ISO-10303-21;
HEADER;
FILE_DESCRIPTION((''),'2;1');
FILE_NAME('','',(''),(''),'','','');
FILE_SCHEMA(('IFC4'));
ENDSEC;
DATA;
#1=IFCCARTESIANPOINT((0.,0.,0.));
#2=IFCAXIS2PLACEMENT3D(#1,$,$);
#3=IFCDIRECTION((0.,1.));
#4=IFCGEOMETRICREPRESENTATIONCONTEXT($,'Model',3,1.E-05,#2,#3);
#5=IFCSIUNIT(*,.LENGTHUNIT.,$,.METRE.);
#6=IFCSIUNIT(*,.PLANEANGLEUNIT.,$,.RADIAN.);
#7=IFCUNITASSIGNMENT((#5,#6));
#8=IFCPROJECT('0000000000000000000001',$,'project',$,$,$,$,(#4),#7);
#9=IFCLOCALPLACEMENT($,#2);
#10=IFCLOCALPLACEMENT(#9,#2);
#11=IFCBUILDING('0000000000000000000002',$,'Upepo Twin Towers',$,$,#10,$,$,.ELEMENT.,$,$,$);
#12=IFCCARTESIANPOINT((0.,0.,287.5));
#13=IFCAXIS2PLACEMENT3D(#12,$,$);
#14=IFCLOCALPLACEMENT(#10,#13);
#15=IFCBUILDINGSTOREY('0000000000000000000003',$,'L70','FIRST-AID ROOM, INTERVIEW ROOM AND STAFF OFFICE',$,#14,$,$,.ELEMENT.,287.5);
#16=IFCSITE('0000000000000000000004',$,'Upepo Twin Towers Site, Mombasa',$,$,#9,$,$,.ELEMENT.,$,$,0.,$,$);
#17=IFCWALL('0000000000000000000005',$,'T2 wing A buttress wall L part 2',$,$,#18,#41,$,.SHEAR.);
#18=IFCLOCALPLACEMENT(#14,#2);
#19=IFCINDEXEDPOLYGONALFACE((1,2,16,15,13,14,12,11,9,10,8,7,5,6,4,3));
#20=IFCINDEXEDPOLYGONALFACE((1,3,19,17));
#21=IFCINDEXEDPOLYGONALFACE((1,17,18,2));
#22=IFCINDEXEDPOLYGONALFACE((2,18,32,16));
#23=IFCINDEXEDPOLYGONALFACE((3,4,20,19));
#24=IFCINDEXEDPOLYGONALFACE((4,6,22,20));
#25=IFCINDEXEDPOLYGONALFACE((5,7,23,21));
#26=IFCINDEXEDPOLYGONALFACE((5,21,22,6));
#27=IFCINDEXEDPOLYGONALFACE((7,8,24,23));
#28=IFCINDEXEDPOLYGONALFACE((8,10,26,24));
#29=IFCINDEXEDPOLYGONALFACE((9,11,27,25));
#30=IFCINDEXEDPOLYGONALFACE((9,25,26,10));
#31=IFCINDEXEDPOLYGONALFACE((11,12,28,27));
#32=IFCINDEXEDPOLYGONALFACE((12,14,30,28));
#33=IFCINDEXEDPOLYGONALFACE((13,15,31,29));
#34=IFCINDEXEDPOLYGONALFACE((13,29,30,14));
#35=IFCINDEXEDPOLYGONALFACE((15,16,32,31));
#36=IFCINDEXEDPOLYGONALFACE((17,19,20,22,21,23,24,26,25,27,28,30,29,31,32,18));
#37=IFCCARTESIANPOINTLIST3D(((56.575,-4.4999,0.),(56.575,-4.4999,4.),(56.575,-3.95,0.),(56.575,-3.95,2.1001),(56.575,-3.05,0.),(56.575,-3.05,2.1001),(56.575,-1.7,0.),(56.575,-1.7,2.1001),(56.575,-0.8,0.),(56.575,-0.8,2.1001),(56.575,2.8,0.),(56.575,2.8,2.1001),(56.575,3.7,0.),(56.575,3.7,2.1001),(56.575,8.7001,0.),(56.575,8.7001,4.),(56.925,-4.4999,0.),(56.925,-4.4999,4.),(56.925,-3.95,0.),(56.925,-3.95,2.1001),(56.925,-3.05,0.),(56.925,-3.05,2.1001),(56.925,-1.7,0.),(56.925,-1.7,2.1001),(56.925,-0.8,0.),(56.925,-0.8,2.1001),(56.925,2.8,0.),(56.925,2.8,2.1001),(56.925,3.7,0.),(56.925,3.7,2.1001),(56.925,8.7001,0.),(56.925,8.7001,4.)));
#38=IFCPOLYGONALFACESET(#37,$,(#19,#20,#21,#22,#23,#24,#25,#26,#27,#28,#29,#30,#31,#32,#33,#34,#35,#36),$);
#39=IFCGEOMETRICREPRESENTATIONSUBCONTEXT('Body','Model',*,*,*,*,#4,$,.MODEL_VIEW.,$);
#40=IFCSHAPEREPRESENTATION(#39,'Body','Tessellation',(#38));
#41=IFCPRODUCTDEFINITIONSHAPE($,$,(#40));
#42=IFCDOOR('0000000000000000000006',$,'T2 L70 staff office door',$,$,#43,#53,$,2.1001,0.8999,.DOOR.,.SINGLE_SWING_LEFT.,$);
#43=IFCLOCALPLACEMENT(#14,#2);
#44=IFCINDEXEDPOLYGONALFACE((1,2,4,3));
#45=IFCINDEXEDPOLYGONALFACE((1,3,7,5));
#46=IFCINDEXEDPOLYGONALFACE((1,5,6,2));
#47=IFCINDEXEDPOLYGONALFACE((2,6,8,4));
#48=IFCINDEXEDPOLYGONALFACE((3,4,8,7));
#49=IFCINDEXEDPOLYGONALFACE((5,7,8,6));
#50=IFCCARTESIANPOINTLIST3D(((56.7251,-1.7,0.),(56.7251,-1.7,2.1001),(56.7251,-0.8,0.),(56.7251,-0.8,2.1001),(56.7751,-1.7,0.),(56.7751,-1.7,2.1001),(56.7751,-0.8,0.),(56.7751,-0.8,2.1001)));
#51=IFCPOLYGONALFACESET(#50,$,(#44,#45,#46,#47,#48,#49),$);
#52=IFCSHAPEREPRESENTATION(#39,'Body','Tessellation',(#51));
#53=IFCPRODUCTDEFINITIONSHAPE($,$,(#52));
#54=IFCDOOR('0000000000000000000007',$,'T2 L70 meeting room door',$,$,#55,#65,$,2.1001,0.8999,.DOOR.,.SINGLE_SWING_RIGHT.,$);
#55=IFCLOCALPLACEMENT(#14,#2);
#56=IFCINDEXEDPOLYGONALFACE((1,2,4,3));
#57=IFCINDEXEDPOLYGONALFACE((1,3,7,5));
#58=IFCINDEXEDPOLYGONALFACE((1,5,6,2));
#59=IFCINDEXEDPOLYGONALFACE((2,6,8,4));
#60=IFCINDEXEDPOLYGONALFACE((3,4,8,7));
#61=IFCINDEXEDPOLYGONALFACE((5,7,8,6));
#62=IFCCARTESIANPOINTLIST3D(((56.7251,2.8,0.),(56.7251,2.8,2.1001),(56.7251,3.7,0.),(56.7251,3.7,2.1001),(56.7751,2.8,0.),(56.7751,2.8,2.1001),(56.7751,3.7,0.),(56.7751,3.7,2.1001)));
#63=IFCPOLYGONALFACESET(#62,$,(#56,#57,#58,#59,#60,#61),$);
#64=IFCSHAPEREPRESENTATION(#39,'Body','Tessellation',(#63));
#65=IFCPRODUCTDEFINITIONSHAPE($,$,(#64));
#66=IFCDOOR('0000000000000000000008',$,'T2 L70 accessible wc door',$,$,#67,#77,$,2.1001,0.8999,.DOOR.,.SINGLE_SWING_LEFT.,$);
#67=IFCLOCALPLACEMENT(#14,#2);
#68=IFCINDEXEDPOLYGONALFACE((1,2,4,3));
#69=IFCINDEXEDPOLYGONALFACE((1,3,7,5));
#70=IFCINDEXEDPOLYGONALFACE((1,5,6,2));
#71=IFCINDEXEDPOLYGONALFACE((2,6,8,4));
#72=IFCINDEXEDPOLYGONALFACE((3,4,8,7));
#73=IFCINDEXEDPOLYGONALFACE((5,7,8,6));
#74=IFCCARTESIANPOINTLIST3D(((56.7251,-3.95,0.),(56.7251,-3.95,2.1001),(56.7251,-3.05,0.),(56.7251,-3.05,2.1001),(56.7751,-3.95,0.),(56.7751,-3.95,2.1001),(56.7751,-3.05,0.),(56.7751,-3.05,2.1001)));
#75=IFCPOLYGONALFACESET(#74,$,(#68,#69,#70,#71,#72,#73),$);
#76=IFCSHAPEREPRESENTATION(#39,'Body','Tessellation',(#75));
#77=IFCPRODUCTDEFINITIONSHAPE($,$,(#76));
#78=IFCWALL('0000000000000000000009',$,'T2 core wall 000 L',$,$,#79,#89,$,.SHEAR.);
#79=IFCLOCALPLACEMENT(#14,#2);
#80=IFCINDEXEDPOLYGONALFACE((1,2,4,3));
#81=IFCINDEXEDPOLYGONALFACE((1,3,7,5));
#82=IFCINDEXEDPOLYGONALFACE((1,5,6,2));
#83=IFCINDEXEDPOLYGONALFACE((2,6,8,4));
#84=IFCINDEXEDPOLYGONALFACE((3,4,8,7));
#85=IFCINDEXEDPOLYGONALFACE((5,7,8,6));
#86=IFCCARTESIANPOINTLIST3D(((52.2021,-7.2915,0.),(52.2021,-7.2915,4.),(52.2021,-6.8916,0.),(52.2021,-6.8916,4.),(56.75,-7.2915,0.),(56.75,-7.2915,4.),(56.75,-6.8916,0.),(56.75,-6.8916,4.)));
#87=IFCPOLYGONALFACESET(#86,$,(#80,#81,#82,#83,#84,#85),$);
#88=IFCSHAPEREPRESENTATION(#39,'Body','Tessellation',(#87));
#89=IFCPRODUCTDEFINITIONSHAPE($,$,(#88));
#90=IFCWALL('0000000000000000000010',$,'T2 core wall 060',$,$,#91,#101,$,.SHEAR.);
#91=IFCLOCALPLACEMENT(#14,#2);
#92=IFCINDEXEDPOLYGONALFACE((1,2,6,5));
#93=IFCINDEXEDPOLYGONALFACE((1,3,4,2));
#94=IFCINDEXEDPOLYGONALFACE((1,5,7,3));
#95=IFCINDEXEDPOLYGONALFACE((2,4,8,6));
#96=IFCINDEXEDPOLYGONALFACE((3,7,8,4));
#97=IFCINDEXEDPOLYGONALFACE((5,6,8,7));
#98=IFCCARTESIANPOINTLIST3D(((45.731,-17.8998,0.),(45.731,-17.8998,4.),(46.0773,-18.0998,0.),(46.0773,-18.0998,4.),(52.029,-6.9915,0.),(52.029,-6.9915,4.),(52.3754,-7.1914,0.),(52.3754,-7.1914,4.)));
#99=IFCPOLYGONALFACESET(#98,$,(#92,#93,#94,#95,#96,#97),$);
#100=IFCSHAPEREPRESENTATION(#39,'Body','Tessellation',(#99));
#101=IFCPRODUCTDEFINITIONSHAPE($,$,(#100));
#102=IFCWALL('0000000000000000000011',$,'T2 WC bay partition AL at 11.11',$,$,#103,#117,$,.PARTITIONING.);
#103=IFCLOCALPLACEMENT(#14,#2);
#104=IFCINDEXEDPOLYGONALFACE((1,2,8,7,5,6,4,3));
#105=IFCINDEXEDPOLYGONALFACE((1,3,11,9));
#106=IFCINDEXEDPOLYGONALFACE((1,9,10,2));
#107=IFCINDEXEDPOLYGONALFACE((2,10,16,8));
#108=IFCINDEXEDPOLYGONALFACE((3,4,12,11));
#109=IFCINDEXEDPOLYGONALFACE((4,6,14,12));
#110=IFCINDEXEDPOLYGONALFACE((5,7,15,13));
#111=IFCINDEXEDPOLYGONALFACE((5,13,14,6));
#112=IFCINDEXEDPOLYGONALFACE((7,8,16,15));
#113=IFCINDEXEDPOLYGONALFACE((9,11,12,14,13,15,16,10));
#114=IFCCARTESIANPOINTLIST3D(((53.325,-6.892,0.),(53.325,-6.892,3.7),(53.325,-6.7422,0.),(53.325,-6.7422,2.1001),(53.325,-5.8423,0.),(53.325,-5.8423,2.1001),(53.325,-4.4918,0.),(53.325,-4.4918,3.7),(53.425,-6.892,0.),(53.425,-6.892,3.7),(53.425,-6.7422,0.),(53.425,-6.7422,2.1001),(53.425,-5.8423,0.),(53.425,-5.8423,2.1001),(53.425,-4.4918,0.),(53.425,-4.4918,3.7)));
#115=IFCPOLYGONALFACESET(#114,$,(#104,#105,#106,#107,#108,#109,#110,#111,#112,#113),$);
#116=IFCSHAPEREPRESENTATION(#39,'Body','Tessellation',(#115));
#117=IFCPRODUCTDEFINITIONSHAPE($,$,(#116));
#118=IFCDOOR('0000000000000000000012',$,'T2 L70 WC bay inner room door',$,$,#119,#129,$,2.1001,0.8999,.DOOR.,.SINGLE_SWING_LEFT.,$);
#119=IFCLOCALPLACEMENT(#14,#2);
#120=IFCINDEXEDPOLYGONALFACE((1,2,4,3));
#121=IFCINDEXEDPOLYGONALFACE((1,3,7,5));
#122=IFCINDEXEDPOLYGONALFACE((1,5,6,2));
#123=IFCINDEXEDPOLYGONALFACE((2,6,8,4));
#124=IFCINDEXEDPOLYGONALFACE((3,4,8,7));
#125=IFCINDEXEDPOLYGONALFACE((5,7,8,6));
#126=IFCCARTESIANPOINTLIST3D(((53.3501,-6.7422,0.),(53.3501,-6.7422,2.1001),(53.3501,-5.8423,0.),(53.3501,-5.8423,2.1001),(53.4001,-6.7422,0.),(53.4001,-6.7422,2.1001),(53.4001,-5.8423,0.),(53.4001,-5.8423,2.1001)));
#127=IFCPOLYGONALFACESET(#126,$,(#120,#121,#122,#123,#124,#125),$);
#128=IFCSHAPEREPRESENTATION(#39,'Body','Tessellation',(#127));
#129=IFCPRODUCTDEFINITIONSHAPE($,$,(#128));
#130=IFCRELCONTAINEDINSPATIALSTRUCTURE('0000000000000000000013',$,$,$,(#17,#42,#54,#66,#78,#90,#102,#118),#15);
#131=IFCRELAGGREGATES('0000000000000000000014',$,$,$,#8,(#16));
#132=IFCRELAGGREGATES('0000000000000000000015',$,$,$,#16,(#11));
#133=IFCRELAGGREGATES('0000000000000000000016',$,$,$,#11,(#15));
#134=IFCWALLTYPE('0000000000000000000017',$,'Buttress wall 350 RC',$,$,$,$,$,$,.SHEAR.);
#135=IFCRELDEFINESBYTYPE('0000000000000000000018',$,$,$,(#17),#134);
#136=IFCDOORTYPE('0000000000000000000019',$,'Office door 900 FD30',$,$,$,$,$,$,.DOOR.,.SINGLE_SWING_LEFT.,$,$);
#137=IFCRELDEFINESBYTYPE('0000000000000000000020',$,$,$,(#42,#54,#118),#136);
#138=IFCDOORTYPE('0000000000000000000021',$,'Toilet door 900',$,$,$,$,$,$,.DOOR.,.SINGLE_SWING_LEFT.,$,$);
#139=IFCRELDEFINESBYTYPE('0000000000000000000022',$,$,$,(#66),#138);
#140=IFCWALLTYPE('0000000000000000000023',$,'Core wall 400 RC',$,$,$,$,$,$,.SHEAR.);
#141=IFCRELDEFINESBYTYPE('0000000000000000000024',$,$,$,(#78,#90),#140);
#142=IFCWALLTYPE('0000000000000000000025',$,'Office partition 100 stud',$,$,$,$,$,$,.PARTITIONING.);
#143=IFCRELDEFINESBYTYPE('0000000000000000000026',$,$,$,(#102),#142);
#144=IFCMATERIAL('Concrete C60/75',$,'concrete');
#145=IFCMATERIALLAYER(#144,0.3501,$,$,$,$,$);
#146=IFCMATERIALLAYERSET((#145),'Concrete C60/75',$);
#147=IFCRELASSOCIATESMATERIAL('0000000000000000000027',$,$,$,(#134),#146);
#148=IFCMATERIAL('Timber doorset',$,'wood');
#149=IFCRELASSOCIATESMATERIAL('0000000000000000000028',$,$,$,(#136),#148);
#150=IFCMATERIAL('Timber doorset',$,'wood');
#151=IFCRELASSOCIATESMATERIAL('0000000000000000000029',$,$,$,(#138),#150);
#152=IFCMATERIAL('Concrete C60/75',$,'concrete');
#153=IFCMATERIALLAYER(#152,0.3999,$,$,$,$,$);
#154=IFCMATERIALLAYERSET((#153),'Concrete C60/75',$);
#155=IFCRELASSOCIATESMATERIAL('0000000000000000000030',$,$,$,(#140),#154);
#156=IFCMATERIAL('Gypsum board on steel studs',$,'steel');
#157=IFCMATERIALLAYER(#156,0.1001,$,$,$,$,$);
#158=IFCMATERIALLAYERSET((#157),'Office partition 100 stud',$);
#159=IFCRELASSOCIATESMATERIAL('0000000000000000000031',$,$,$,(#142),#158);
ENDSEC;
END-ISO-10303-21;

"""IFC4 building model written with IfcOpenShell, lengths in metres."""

from ifc_helpers import new_model, si_unit, direction, frame, frame_2d, origin, place, context, subcontext, project, spatial, rectangle, extrude, material, layer, layer_set, type_object, element, fill, save


model = new_model("IFC4")

# Units and contexts
model_context = context("Model", 3, precision=1e-05, world=origin(), true_north=direction((0.0, 1.0)))
body_context = subcontext(model_context, "Body", "Model", "MODEL_VIEW")
ifc_project = project(units=[si_unit("LENGTHUNIT", "METRE"), si_unit("PLANEANGLEUNIT", "RADIAN")], contexts=[model_context])

# Site, building, storey
site_placement = place(None, origin())
site = spatial("IfcSite", under=ifc_project, at=site_placement, Name="Upepo Twin Towers Site, Mombasa", CompositionType="ELEMENT", RefElevation=0.0)
building_placement = place(site_placement, origin())
building = spatial("IfcBuilding", under=site, at=building_placement, Name="Upepo Twin Towers", CompositionType="ELEMENT")
storey_placement = place(building_placement, frame((0.0, 0.0, 287.5)))
storey = spatial("IfcBuildingStorey", under=building, at=storey_placement, Name="L70", Description="FIRST-AID ROOM, INTERVIEW ROOM AND STAFF OFFICE", CompositionType="ELEMENT", Elevation=287.5)

# Shared definitions
ifc_material_1 = material(Name="Concrete C60/75", Category="concrete")
ifc_layer_1 = layer(ifc_material_1, 0.3501)
ifc_layer_set_1 = layer_set([ifc_layer_1], Name="Concrete C60/75")
wall_type_1 = type_object("IfcWallType", Name="Buttress wall 350 RC", PredefinedType="SHEAR", material=ifc_layer_set_1)

# Wall, openings, doors
wall_1_placement = place(storey_placement, frame((56.75, -4.5, 0.0), z_axis=(0.0, 0.0, 1.0), x_axis=(0.0, 1.0, 0.0)))
wall_1 = element("IfcWall", 1, at=wall_1_placement, inside=storey, type_object=wall_type_1, Name="T2 wing A buttress wall L part 2", PredefinedType="SHEAR", context=body_context, shape_type="SweptSolid", body=[
    extrude(rectangle(XDim=13.2, YDim=0.3501, at=frame_2d((6.6001, 0.0))), origin(), (0.0, 0.0, 1.0), 4.0),
])
opening_1_placement = place(wall_1_placement, frame((0.55, 0.0, 0.0)))
opening_1 = element("IfcOpeningElement", 2, at=opening_1_placement, cuts=wall_1, PredefinedType="OPENING", context=body_context, shape_type="SweptSolid", body=[
    extrude(rectangle(XDim=0.8999, YDim=2.1001, at=frame_2d((0.45, 1.05))), frame((0.0, 0.1851, 0.0), z_axis=(0.0, -1.0, 0.0), x_axis=(1.0, 0.0, 0.0)), (0.0, 0.0, 1.0), 0.3701),
])
opening_2_placement = place(wall_1_placement, frame((2.8, 0.0, 0.0)))
opening_2 = element("IfcOpeningElement", 3, at=opening_2_placement, cuts=wall_1, PredefinedType="OPENING", context=body_context, shape_type="SweptSolid", body=[
    extrude(rectangle(XDim=0.8999, YDim=2.1001, at=frame_2d((0.45, 1.05))), frame((0.0, 0.1851, 0.0), z_axis=(0.0, -1.0, 0.0), x_axis=(1.0, 0.0, 0.0)), (0.0, 0.0, 1.0), 0.3701),
])
opening_3_placement = place(wall_1_placement, frame((7.3, 0.0, 0.0)))
opening_3 = element("IfcOpeningElement", 4, at=opening_3_placement, cuts=wall_1, PredefinedType="OPENING", context=body_context, shape_type="SweptSolid", body=[
    extrude(rectangle(XDim=0.8999, YDim=2.1001, at=frame_2d((0.45, 1.05))), frame((0.0, 0.1851, 0.0), z_axis=(0.0, -1.0, 0.0), x_axis=(1.0, 0.0, 0.0)), (0.0, 0.0, 1.0), 0.3701),
])
ifc_material_2 = material(Name="Timber doorset", Category="wood")
door_type_1 = type_object("IfcDoorType", Name="Office door 900 FD30", OperationType="SINGLE_SWING_LEFT", PredefinedType="DOOR", material=ifc_material_2)
door_1_placement = place(opening_2_placement, origin())
door_1 = element("IfcDoor", 5, at=door_1_placement, inside=storey, type_object=door_type_1, Name="T2 L70 staff office door", OperationType="SINGLE_SWING_LEFT", OverallHeight=2.1001, OverallWidth=0.8999, PredefinedType="DOOR", context=body_context, shape_type="SweptSolid", body=[
    extrude(rectangle(XDim=0.8999, YDim=2.1001, at=frame_2d((0.45, 1.05))), frame((0.0, 0.0249, 0.0), z_axis=(0.0, -1.0, 0.0), x_axis=(1.0, 0.0, 0.0)), (0.0, 0.0, 1.0), 0.05),
])
fill(opening_2, door_1)
door_2_placement = place(opening_3_placement, origin())
door_2 = element("IfcDoor", 6, at=door_2_placement, inside=storey, type_object=door_type_1, Name="T2 L70 meeting room door", OperationType="SINGLE_SWING_RIGHT", OverallHeight=2.1001, OverallWidth=0.8999, PredefinedType="DOOR", context=body_context, shape_type="SweptSolid", body=[
    extrude(rectangle(XDim=0.8999, YDim=2.1001, at=frame_2d((0.45, 1.05))), frame((0.0, 0.0249, 0.0), z_axis=(0.0, -1.0, 0.0), x_axis=(1.0, 0.0, 0.0)), (0.0, 0.0, 1.0), 0.05),
])
fill(opening_3, door_2)
ifc_material_3 = material(Name="Timber doorset", Category="wood")
door_type_2 = type_object("IfcDoorType", Name="Toilet door 900", OperationType="SINGLE_SWING_LEFT", PredefinedType="DOOR", material=ifc_material_3)
door_3_placement = place(opening_1_placement, origin())
door_3 = element("IfcDoor", 7, at=door_3_placement, inside=storey, type_object=door_type_2, Name="T2 L70 accessible wc door", OperationType="SINGLE_SWING_LEFT", OverallHeight=2.1001, OverallWidth=0.8999, PredefinedType="DOOR", context=body_context, shape_type="SweptSolid", body=[
    extrude(rectangle(XDim=0.8999, YDim=2.1001, at=frame_2d((0.45, 1.05))), frame((0.0, 0.0249, 0.0), z_axis=(0.0, -1.0, 0.0), x_axis=(1.0, 0.0, 0.0)), (0.0, 0.0, 1.0), 0.05),
])
fill(opening_1, door_3)

# Walls
ifc_material_4 = material(Name="Concrete C60/75", Category="concrete")
ifc_layer_2 = layer(ifc_material_4, 0.3999)
ifc_layer_set_2 = layer_set([ifc_layer_2], Name="Concrete C60/75")
wall_type_2 = type_object("IfcWallType", Name="Core wall 400 RC", PredefinedType="SHEAR", material=ifc_layer_set_2)
wall_2_placement = place(storey_placement, frame((56.75, -7.0916, 0.0), z_axis=(0.0, 0.0, 1.0), x_axis=(-1.0, 0.0, 0.0)))
element("IfcWall", 8, at=wall_2_placement, inside=storey, type_object=wall_type_2, Name="T2 core wall 000 L", PredefinedType="SHEAR", context=body_context, shape_type="SweptSolid", body=[
    extrude(rectangle(XDim=4.5479, YDim=0.3999, at=frame_2d((2.2739, 0.0))), origin(), (0.0, 0.0, 1.0), 4.0),
])
wall_3_placement = place(storey_placement, frame((52.2021, -7.0916, 0.0), z_axis=(0.0, 0.0, 1.0), x_axis=(-0.500006, -0.866022, 0.0)))
element("IfcWall", 9, at=wall_3_placement, inside=storey, type_object=wall_type_2, Name="T2 core wall 060", PredefinedType="SHEAR", context=body_context, shape_type="SweptSolid", body=[
    extrude(rectangle(XDim=12.5959, YDim=0.3999, at=frame_2d((6.2979, 0.0))), origin(), (0.0, 0.0, 1.0), 4.0),
])

# Wall, opening, door
ifc_material_5 = material(Name="Gypsum board on steel studs", Category="steel")
ifc_layer_3 = layer(ifc_material_5, 0.1001)
ifc_layer_set_3 = layer_set([ifc_layer_3], Name="Office partition 100 stud")
wall_type_3 = type_object("IfcWallType", Name="Office partition 100 stud", PredefinedType="PARTITIONING", material=ifc_layer_set_3)
wall_4_placement = place(storey_placement, frame((53.375, -6.8921, 0.0), z_axis=(0.0, 0.0, 1.0), x_axis=(0.0, 1.0, 0.0)))
wall_4 = element("IfcWall", 10, at=wall_4_placement, inside=storey, type_object=wall_type_3, Name="T2 WC bay partition AL at 11.11", PredefinedType="PARTITIONING", context=body_context, shape_type="SweptSolid", body=[
    extrude(rectangle(XDim=2.4001, YDim=0.1001, at=frame_2d((1.2002, 0.0))), origin(), (0.0, 0.0, 1.0), 3.7),
])
opening_4_placement = place(wall_4_placement, frame((0.1499, 0.0, 0.0)))
opening_4 = element("IfcOpeningElement", 11, at=opening_4_placement, cuts=wall_4, PredefinedType="OPENING", context=body_context, shape_type="SweptSolid", body=[
    extrude(rectangle(XDim=0.8999, YDim=2.1001, at=frame_2d((0.45, 1.05))), frame((0.0, 0.0601, 0.0), z_axis=(0.0, -1.0, 0.0), x_axis=(1.0, 0.0, 0.0)), (0.0, 0.0, 1.0), 0.1201),
])
door_4_placement = place(opening_4_placement, origin())
door_4 = element("IfcDoor", 12, at=door_4_placement, inside=storey, type_object=door_type_1, Name="T2 L70 WC bay inner room door", OperationType="SINGLE_SWING_LEFT", OverallHeight=2.1001, OverallWidth=0.8999, PredefinedType="DOOR", context=body_context, shape_type="SweptSolid", body=[
    extrude(rectangle(XDim=0.8999, YDim=2.1001, at=frame_2d((0.45, 1.05))), frame((0.0, 0.0249, 0.0), z_axis=(0.0, -1.0, 0.0), x_axis=(1.0, 0.0, 0.0)), (0.0, 0.0, 1.0), 0.05),
])
fill(opening_4, door_4)

save(model, "model.ifc")
